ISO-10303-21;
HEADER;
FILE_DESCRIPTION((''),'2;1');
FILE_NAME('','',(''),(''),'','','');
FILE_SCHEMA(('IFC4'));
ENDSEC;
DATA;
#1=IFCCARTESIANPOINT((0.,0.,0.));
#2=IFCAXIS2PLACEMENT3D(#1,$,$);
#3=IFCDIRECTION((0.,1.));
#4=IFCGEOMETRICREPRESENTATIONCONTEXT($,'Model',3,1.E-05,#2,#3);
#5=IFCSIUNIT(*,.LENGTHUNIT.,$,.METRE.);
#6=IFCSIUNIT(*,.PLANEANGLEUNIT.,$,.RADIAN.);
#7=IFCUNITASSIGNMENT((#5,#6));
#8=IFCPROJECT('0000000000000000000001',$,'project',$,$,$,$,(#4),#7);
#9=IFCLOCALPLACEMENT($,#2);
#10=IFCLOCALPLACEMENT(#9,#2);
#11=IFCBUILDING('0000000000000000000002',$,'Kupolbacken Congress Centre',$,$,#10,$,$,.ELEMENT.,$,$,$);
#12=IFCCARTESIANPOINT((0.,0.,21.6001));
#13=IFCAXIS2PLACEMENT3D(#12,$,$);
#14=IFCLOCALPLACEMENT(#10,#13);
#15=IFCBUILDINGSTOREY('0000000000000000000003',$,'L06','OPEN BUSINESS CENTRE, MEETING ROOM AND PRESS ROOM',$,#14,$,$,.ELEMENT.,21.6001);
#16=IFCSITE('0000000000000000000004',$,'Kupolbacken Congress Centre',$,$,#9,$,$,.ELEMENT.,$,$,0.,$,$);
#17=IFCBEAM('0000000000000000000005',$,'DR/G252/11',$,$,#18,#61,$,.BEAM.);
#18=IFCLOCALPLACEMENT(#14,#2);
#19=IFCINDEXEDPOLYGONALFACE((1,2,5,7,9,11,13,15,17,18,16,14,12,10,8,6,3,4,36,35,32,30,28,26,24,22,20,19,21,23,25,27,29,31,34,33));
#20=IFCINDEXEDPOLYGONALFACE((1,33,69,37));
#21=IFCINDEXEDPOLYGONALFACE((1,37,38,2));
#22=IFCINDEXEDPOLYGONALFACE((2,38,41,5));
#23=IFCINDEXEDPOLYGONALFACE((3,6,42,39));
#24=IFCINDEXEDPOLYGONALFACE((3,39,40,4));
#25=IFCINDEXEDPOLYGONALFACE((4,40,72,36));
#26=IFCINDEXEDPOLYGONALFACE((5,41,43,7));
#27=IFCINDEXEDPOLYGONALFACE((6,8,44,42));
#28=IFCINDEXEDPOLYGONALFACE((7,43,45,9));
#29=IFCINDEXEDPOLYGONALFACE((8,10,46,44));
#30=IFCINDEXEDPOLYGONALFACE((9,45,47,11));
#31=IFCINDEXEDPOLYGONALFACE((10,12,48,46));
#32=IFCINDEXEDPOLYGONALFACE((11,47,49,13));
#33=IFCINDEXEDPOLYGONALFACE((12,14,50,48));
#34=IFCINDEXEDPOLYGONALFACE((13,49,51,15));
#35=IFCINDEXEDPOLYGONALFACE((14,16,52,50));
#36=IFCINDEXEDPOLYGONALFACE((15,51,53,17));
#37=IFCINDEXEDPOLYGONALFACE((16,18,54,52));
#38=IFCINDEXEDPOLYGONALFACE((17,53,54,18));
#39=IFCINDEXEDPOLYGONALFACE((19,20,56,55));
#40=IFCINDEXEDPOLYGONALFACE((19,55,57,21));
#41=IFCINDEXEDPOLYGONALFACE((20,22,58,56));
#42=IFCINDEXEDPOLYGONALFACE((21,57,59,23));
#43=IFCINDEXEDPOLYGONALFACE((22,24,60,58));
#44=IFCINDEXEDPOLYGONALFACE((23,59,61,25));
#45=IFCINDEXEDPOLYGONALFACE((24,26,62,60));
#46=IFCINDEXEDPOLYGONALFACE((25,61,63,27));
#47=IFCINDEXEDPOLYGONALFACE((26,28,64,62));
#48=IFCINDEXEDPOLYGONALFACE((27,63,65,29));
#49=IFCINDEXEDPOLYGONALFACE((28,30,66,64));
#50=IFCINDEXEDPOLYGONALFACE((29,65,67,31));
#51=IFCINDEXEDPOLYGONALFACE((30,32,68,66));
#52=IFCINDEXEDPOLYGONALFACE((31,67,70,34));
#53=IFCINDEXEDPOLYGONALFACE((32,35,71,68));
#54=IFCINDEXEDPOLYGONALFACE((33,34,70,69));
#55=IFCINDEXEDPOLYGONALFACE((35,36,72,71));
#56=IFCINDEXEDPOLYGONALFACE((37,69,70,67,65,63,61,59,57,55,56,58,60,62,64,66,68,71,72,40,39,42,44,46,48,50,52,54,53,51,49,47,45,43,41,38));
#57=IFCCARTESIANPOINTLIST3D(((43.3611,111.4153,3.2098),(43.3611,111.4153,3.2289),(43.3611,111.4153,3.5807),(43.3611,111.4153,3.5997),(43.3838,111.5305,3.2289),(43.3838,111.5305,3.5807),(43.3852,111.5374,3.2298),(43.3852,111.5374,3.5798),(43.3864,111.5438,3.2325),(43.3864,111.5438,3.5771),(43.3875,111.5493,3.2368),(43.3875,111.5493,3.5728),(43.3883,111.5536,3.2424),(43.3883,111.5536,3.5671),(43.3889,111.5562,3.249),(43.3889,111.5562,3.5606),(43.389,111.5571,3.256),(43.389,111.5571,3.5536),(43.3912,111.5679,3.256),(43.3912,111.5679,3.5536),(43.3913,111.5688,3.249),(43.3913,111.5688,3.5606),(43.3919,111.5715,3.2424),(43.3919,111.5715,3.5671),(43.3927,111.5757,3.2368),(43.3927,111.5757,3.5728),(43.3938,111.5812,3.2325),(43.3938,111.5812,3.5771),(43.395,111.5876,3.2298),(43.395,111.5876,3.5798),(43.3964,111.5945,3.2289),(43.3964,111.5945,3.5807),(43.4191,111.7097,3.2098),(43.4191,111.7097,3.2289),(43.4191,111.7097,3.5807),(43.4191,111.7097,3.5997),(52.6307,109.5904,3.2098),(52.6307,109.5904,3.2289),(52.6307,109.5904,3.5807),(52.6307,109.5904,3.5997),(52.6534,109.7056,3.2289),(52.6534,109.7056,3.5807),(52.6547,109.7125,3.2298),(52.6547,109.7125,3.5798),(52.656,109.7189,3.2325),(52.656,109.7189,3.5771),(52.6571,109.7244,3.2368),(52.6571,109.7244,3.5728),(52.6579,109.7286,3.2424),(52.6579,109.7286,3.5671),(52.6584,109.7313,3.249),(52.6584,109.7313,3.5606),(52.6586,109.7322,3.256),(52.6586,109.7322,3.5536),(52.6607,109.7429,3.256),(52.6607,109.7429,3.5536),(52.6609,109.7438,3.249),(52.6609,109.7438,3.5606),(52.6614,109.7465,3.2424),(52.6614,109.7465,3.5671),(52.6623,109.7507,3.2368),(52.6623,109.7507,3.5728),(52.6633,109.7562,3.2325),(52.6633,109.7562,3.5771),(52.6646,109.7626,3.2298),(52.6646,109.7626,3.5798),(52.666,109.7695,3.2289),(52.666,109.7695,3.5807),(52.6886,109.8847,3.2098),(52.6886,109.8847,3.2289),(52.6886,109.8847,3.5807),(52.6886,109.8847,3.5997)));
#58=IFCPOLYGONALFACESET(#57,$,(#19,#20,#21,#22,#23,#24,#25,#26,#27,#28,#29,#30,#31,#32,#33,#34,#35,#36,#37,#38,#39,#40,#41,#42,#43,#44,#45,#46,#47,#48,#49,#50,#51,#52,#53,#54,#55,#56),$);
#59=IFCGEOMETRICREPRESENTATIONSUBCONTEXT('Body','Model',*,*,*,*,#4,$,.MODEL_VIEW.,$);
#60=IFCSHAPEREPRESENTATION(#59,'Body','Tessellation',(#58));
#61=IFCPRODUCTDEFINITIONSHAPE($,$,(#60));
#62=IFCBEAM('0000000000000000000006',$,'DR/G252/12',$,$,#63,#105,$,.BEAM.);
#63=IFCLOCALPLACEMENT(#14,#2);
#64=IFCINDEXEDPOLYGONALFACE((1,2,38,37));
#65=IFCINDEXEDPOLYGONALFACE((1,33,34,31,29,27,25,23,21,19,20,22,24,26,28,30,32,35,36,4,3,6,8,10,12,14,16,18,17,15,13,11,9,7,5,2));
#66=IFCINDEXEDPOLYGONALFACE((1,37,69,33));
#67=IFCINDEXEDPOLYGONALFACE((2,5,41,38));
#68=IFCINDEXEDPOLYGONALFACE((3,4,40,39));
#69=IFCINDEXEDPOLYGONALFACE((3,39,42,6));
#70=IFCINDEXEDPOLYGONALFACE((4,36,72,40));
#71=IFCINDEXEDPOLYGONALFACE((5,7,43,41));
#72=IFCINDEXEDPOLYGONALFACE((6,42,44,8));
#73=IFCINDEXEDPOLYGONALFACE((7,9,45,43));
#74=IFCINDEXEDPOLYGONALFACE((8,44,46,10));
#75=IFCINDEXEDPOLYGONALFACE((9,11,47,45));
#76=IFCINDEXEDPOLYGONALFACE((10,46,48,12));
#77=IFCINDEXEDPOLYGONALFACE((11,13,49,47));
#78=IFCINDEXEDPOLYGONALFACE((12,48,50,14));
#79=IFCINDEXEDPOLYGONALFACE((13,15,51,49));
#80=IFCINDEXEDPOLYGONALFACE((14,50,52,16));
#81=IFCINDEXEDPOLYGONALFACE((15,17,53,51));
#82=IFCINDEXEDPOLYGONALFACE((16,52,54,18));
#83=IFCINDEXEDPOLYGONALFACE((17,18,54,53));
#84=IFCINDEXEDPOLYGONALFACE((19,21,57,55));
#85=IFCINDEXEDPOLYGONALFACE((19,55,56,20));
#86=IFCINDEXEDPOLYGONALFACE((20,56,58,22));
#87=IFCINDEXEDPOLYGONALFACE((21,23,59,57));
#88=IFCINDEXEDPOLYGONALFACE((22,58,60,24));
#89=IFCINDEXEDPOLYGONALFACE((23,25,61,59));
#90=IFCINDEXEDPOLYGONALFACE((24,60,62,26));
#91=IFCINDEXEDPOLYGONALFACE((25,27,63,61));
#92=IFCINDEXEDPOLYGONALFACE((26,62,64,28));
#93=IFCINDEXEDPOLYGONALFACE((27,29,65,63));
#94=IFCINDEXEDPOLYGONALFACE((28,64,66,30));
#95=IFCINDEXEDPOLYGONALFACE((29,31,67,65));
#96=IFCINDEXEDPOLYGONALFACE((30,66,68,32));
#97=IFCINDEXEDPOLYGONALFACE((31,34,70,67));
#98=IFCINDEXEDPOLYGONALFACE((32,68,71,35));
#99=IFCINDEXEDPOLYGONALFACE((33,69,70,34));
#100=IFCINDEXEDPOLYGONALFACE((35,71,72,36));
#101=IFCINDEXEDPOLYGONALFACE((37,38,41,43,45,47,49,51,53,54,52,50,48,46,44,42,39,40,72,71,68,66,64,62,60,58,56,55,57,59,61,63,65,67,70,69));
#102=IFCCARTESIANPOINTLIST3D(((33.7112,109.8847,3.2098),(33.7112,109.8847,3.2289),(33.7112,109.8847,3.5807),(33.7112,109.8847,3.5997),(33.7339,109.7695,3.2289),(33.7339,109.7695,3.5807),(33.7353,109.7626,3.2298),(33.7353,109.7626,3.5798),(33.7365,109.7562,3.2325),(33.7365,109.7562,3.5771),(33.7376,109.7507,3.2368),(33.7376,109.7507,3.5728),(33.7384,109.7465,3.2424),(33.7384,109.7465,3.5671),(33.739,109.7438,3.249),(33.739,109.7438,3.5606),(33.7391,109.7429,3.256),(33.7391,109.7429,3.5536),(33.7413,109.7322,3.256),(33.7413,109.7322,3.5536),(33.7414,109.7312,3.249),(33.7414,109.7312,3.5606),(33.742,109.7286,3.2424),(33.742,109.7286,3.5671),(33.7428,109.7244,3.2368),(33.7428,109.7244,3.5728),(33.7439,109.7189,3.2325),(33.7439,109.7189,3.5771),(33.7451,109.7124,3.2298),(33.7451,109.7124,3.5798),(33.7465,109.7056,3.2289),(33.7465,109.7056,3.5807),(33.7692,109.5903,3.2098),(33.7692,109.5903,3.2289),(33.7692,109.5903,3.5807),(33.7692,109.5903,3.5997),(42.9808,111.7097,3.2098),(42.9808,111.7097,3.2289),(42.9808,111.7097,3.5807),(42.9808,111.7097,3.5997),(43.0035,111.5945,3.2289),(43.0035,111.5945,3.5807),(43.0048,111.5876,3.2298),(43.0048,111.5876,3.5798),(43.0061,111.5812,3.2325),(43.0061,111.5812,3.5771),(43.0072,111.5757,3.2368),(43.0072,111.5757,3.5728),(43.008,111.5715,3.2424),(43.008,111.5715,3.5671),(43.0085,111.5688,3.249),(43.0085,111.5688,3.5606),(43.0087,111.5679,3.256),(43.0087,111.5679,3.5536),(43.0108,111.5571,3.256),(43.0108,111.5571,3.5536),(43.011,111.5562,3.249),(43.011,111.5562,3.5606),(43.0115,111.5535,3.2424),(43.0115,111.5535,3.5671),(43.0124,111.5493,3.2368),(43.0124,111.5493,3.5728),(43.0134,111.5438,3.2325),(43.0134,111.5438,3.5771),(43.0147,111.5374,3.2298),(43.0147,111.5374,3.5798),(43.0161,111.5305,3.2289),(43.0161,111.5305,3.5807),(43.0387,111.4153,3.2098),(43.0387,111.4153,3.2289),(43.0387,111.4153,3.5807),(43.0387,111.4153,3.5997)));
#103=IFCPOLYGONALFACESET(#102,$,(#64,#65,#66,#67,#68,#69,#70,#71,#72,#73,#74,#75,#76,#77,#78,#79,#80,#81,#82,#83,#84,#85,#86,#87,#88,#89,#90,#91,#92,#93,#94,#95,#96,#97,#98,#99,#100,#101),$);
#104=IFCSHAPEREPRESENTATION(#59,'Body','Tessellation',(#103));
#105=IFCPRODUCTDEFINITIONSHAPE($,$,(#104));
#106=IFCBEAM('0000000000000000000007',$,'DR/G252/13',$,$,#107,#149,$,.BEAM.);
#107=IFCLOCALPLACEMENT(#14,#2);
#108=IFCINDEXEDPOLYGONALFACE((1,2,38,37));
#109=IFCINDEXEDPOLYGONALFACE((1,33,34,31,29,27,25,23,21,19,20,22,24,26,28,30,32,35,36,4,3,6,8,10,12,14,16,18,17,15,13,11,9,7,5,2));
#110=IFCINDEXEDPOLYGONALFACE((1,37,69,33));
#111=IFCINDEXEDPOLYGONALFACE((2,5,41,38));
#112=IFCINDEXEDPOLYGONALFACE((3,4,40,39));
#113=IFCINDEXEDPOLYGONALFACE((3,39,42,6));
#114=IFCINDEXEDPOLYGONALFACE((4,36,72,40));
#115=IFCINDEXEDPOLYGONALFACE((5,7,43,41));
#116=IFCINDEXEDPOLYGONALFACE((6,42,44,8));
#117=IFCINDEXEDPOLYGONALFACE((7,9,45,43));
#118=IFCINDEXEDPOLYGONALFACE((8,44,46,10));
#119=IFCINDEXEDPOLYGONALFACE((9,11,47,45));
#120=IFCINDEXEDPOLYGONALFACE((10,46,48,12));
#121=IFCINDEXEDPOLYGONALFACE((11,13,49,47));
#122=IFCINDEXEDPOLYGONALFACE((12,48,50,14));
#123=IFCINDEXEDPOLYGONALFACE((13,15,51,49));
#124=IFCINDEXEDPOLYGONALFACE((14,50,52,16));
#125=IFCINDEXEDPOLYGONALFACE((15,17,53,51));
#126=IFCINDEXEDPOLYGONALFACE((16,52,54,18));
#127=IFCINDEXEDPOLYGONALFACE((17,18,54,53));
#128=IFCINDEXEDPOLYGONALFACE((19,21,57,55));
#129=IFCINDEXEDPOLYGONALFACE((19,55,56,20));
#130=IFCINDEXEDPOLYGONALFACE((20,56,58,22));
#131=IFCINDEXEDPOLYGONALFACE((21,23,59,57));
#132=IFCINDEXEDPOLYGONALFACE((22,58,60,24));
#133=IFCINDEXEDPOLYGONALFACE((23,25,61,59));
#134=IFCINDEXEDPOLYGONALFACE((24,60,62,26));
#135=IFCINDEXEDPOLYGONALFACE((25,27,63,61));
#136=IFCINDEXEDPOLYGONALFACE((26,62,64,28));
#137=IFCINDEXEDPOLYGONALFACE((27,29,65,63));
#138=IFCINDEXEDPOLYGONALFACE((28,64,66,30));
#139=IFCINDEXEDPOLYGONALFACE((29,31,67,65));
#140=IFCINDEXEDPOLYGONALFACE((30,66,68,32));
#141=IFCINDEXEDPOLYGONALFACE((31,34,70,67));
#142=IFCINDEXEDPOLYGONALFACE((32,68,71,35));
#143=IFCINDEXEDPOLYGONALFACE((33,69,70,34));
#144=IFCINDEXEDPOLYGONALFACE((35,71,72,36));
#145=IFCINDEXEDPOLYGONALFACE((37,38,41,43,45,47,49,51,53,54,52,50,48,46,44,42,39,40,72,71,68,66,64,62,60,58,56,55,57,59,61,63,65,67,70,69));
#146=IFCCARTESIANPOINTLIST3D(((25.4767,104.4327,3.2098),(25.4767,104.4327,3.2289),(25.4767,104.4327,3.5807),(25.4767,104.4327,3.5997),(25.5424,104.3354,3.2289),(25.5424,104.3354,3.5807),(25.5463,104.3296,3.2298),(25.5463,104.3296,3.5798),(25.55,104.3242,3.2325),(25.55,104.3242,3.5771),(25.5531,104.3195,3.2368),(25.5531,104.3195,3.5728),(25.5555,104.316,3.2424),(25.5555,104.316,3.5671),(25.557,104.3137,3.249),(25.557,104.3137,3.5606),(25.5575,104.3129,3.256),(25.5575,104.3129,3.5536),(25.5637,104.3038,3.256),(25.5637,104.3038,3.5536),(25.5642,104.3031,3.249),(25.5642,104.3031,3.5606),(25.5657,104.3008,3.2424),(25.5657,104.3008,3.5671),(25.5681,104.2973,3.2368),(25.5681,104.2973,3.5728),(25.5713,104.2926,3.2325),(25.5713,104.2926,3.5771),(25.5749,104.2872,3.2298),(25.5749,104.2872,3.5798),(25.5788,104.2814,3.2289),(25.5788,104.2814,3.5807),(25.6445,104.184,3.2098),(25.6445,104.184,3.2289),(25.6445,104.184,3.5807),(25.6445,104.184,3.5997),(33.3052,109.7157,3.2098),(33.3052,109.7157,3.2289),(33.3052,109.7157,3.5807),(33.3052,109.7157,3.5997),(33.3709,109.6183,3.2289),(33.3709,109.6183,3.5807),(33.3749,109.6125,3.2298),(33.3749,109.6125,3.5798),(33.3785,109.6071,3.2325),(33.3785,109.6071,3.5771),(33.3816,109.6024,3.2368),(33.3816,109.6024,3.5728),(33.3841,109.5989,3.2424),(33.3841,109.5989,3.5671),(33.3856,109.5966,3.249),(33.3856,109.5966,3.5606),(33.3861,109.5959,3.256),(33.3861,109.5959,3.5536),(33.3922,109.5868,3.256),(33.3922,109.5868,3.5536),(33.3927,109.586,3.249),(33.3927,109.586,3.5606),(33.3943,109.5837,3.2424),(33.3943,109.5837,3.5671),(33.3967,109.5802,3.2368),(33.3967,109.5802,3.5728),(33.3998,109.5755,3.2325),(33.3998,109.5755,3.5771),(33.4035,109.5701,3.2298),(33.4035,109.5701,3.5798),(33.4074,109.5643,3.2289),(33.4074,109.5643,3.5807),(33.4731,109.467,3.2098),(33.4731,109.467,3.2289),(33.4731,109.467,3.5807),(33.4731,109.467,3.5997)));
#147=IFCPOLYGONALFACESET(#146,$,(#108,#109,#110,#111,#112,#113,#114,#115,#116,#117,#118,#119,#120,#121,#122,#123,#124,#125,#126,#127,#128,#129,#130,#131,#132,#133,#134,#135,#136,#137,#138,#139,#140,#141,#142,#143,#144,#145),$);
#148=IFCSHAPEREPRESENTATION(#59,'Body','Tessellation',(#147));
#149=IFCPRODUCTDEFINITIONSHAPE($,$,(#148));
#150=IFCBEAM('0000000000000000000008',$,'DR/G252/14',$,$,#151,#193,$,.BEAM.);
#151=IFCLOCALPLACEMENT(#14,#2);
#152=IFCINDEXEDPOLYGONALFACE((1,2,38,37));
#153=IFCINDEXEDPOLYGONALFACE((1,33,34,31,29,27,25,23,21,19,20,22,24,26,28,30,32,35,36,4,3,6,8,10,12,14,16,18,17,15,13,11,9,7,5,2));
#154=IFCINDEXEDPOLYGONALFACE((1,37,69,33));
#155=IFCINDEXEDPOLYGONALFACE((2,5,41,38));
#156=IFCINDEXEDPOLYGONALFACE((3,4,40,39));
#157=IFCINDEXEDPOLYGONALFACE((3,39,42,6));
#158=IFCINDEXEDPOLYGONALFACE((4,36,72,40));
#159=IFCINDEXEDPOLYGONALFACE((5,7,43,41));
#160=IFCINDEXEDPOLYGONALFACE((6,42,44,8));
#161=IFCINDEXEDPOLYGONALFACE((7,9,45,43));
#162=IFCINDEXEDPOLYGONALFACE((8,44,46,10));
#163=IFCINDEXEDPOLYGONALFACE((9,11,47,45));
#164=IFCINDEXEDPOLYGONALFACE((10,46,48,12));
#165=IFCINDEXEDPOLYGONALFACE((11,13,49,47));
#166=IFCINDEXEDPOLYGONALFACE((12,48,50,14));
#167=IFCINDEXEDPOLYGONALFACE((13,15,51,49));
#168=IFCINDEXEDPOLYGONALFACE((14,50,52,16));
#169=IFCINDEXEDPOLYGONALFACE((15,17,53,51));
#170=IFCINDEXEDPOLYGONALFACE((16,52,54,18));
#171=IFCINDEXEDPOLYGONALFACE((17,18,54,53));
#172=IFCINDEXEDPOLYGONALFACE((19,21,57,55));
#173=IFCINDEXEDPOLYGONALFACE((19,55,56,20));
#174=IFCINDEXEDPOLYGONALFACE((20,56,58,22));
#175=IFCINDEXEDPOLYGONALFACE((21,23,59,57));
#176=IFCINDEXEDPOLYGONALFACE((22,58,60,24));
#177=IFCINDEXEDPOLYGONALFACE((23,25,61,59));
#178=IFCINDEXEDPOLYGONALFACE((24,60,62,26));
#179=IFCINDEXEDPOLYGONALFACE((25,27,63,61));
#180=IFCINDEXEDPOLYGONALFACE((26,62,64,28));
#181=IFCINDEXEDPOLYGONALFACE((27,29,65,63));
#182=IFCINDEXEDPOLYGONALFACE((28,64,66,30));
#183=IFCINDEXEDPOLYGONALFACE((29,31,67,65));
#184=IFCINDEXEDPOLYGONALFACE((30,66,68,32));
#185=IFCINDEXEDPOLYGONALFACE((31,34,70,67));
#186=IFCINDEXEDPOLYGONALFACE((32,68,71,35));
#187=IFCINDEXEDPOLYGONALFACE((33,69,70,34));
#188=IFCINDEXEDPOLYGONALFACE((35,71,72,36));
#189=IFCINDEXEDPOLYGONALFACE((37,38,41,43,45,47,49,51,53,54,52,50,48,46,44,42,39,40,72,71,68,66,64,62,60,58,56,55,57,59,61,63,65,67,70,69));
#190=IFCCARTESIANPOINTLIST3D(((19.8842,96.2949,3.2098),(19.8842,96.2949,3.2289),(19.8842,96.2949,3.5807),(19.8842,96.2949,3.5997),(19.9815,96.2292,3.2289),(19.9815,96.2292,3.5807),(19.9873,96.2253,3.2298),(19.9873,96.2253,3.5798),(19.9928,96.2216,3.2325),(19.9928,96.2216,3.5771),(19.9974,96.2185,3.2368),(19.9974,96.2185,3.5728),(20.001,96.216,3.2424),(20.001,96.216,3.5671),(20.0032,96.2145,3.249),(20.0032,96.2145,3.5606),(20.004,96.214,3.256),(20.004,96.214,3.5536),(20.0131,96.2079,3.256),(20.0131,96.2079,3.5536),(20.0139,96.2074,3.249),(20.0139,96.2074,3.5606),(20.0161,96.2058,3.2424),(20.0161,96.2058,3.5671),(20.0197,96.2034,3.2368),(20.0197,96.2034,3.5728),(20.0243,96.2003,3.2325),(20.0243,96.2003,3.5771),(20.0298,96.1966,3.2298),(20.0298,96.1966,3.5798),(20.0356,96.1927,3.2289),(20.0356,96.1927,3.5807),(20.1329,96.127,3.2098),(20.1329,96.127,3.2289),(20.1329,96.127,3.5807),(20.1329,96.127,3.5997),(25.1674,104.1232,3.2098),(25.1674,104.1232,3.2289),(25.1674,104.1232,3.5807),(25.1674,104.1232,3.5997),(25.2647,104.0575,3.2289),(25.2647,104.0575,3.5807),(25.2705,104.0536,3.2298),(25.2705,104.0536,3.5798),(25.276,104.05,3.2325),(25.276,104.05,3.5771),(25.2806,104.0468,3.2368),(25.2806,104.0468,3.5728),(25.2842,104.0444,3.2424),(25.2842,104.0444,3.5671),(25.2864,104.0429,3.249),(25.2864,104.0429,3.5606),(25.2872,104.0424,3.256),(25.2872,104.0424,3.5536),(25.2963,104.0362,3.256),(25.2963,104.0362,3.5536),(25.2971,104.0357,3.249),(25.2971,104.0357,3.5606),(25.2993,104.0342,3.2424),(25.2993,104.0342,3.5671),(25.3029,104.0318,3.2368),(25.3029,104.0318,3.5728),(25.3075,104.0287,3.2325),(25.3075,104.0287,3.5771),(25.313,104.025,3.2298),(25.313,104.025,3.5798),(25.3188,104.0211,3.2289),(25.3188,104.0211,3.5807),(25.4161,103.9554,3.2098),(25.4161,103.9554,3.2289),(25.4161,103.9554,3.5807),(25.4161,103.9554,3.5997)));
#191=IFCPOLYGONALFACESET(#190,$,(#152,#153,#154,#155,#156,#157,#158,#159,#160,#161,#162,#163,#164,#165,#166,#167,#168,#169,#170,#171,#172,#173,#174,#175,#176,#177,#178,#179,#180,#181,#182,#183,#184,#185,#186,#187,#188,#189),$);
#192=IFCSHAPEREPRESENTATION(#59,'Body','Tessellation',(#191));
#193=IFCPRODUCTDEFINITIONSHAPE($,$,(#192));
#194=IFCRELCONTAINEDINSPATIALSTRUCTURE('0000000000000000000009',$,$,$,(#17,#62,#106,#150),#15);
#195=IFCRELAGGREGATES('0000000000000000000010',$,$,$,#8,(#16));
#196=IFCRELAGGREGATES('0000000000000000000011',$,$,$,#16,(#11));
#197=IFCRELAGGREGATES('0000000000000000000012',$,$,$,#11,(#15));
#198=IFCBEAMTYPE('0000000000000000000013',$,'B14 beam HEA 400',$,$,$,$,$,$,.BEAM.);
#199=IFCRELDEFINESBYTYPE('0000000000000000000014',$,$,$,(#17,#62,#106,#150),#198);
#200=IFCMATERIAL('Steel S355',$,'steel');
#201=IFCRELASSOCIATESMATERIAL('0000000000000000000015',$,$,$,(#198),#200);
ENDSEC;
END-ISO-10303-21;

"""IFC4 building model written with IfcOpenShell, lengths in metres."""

from ifc_helpers import new_model, si_unit, direction, frame, origin, origin_2d, place, context, subcontext, project, spatial, i_section, extrude, material, material_profile, profile_set, type_object, element, save


model = new_model("IFC4")

# Units and contexts
model_context = context("Model", 3, precision=1e-05, world=origin(), true_north=direction((0.0, 1.0)))
body_context = subcontext(model_context, "Body", "Model", "MODEL_VIEW")
ifc_project = project(units=[si_unit("LENGTHUNIT", "METRE"), si_unit("PLANEANGLEUNIT", "RADIAN")], contexts=[model_context])

# Site, building, storey
site_placement = place(None, origin())
site = spatial("IfcSite", under=ifc_project, at=site_placement, Name="Kupolbacken Congress Centre", CompositionType="ELEMENT", RefElevation=0.0)
building_placement = place(site_placement, origin())
building = spatial("IfcBuilding", under=site, at=building_placement, Name="Kupolbacken Congress Centre", CompositionType="ELEMENT")
storey_placement = place(building_placement, frame((0.0, 0.0, 21.6001)))
storey = spatial("IfcBuildingStorey", under=building, at=storey_placement, Name="L06", Description="OPEN BUSINESS CENTRE, MEETING ROOM AND PRESS ROOM", CompositionType="ELEMENT", Elevation=21.6001)

# Beams
ifc_material_1 = material(Name="Steel S355", Category="steel")
ifc_material_profile_1 = material_profile(ifc_material_1, i_section(OverallWidth=0.3, OverallDepth=0.3899, WebThickness=0.011, FlangeThickness=0.019, FilletRadius=0.0271, at=origin_2d()), Name="HEA 400")
ifc_profile_set_1 = profile_set([ifc_material_profile_1], Name="Steel S355")
beam_type = type_object("IfcBeamType", Name="B14 beam HEA 400", PredefinedType="BEAM", material=ifc_profile_set_1)
for number, where, z_axis, x_axis, name in (
    (1, (52.6597, 109.7375, 3.4048), (-0.981166, 0.193168, 0.0), (-0.193168, -0.981166, 0.0), "DR/G252/11"),
    (2, (43.0098, 111.5625, 3.4048), (-0.981166, -0.193168, 0.0), (0.193168, -0.981166, 0.0), "DR/G252/12"),
):
    element("IfcBeam", number, at=place(storey_placement, frame(where, z_axis=z_axis, x_axis=x_axis)), inside=storey, type_object=beam_type, Name=name, PredefinedType="BEAM", context=body_context, shape_type="SweptSolid", body=[
        extrude(i_section(OverallWidth=0.3, OverallDepth=0.3899, WebThickness=0.011, FlangeThickness=0.019, FilletRadius=0.0271, at=origin_2d()), origin(), (0.0, 0.0, 1.0), 9.4475),
    ])
for number, where, z_axis, x_axis, name in (
    (3, (33.3892, 109.5913, 3.4048), (-0.828915, -0.559374, 0.0), (0.559374, -0.828915, 0.0), "DR/G252/13"),
    (4, (25.2917, 104.0393, 3.4048), (-0.559404, -0.828895, 0.0), (0.828895, -0.559404, 0.0), "DR/G252/14"),
):
    element("IfcBeam", number, at=place(storey_placement, frame(where, z_axis=z_axis, x_axis=x_axis)), inside=storey, type_object=beam_type, Name=name, PredefinedType="BEAM", context=body_context, shape_type="SweptSolid", body=[
        extrude(i_section(OverallWidth=0.3, OverallDepth=0.3899, WebThickness=0.011, FlangeThickness=0.019, FilletRadius=0.0271, at=origin_2d()), origin(), (0.0, 0.0, 1.0), 9.4443),
    ])

save(model, "model.ifc")
